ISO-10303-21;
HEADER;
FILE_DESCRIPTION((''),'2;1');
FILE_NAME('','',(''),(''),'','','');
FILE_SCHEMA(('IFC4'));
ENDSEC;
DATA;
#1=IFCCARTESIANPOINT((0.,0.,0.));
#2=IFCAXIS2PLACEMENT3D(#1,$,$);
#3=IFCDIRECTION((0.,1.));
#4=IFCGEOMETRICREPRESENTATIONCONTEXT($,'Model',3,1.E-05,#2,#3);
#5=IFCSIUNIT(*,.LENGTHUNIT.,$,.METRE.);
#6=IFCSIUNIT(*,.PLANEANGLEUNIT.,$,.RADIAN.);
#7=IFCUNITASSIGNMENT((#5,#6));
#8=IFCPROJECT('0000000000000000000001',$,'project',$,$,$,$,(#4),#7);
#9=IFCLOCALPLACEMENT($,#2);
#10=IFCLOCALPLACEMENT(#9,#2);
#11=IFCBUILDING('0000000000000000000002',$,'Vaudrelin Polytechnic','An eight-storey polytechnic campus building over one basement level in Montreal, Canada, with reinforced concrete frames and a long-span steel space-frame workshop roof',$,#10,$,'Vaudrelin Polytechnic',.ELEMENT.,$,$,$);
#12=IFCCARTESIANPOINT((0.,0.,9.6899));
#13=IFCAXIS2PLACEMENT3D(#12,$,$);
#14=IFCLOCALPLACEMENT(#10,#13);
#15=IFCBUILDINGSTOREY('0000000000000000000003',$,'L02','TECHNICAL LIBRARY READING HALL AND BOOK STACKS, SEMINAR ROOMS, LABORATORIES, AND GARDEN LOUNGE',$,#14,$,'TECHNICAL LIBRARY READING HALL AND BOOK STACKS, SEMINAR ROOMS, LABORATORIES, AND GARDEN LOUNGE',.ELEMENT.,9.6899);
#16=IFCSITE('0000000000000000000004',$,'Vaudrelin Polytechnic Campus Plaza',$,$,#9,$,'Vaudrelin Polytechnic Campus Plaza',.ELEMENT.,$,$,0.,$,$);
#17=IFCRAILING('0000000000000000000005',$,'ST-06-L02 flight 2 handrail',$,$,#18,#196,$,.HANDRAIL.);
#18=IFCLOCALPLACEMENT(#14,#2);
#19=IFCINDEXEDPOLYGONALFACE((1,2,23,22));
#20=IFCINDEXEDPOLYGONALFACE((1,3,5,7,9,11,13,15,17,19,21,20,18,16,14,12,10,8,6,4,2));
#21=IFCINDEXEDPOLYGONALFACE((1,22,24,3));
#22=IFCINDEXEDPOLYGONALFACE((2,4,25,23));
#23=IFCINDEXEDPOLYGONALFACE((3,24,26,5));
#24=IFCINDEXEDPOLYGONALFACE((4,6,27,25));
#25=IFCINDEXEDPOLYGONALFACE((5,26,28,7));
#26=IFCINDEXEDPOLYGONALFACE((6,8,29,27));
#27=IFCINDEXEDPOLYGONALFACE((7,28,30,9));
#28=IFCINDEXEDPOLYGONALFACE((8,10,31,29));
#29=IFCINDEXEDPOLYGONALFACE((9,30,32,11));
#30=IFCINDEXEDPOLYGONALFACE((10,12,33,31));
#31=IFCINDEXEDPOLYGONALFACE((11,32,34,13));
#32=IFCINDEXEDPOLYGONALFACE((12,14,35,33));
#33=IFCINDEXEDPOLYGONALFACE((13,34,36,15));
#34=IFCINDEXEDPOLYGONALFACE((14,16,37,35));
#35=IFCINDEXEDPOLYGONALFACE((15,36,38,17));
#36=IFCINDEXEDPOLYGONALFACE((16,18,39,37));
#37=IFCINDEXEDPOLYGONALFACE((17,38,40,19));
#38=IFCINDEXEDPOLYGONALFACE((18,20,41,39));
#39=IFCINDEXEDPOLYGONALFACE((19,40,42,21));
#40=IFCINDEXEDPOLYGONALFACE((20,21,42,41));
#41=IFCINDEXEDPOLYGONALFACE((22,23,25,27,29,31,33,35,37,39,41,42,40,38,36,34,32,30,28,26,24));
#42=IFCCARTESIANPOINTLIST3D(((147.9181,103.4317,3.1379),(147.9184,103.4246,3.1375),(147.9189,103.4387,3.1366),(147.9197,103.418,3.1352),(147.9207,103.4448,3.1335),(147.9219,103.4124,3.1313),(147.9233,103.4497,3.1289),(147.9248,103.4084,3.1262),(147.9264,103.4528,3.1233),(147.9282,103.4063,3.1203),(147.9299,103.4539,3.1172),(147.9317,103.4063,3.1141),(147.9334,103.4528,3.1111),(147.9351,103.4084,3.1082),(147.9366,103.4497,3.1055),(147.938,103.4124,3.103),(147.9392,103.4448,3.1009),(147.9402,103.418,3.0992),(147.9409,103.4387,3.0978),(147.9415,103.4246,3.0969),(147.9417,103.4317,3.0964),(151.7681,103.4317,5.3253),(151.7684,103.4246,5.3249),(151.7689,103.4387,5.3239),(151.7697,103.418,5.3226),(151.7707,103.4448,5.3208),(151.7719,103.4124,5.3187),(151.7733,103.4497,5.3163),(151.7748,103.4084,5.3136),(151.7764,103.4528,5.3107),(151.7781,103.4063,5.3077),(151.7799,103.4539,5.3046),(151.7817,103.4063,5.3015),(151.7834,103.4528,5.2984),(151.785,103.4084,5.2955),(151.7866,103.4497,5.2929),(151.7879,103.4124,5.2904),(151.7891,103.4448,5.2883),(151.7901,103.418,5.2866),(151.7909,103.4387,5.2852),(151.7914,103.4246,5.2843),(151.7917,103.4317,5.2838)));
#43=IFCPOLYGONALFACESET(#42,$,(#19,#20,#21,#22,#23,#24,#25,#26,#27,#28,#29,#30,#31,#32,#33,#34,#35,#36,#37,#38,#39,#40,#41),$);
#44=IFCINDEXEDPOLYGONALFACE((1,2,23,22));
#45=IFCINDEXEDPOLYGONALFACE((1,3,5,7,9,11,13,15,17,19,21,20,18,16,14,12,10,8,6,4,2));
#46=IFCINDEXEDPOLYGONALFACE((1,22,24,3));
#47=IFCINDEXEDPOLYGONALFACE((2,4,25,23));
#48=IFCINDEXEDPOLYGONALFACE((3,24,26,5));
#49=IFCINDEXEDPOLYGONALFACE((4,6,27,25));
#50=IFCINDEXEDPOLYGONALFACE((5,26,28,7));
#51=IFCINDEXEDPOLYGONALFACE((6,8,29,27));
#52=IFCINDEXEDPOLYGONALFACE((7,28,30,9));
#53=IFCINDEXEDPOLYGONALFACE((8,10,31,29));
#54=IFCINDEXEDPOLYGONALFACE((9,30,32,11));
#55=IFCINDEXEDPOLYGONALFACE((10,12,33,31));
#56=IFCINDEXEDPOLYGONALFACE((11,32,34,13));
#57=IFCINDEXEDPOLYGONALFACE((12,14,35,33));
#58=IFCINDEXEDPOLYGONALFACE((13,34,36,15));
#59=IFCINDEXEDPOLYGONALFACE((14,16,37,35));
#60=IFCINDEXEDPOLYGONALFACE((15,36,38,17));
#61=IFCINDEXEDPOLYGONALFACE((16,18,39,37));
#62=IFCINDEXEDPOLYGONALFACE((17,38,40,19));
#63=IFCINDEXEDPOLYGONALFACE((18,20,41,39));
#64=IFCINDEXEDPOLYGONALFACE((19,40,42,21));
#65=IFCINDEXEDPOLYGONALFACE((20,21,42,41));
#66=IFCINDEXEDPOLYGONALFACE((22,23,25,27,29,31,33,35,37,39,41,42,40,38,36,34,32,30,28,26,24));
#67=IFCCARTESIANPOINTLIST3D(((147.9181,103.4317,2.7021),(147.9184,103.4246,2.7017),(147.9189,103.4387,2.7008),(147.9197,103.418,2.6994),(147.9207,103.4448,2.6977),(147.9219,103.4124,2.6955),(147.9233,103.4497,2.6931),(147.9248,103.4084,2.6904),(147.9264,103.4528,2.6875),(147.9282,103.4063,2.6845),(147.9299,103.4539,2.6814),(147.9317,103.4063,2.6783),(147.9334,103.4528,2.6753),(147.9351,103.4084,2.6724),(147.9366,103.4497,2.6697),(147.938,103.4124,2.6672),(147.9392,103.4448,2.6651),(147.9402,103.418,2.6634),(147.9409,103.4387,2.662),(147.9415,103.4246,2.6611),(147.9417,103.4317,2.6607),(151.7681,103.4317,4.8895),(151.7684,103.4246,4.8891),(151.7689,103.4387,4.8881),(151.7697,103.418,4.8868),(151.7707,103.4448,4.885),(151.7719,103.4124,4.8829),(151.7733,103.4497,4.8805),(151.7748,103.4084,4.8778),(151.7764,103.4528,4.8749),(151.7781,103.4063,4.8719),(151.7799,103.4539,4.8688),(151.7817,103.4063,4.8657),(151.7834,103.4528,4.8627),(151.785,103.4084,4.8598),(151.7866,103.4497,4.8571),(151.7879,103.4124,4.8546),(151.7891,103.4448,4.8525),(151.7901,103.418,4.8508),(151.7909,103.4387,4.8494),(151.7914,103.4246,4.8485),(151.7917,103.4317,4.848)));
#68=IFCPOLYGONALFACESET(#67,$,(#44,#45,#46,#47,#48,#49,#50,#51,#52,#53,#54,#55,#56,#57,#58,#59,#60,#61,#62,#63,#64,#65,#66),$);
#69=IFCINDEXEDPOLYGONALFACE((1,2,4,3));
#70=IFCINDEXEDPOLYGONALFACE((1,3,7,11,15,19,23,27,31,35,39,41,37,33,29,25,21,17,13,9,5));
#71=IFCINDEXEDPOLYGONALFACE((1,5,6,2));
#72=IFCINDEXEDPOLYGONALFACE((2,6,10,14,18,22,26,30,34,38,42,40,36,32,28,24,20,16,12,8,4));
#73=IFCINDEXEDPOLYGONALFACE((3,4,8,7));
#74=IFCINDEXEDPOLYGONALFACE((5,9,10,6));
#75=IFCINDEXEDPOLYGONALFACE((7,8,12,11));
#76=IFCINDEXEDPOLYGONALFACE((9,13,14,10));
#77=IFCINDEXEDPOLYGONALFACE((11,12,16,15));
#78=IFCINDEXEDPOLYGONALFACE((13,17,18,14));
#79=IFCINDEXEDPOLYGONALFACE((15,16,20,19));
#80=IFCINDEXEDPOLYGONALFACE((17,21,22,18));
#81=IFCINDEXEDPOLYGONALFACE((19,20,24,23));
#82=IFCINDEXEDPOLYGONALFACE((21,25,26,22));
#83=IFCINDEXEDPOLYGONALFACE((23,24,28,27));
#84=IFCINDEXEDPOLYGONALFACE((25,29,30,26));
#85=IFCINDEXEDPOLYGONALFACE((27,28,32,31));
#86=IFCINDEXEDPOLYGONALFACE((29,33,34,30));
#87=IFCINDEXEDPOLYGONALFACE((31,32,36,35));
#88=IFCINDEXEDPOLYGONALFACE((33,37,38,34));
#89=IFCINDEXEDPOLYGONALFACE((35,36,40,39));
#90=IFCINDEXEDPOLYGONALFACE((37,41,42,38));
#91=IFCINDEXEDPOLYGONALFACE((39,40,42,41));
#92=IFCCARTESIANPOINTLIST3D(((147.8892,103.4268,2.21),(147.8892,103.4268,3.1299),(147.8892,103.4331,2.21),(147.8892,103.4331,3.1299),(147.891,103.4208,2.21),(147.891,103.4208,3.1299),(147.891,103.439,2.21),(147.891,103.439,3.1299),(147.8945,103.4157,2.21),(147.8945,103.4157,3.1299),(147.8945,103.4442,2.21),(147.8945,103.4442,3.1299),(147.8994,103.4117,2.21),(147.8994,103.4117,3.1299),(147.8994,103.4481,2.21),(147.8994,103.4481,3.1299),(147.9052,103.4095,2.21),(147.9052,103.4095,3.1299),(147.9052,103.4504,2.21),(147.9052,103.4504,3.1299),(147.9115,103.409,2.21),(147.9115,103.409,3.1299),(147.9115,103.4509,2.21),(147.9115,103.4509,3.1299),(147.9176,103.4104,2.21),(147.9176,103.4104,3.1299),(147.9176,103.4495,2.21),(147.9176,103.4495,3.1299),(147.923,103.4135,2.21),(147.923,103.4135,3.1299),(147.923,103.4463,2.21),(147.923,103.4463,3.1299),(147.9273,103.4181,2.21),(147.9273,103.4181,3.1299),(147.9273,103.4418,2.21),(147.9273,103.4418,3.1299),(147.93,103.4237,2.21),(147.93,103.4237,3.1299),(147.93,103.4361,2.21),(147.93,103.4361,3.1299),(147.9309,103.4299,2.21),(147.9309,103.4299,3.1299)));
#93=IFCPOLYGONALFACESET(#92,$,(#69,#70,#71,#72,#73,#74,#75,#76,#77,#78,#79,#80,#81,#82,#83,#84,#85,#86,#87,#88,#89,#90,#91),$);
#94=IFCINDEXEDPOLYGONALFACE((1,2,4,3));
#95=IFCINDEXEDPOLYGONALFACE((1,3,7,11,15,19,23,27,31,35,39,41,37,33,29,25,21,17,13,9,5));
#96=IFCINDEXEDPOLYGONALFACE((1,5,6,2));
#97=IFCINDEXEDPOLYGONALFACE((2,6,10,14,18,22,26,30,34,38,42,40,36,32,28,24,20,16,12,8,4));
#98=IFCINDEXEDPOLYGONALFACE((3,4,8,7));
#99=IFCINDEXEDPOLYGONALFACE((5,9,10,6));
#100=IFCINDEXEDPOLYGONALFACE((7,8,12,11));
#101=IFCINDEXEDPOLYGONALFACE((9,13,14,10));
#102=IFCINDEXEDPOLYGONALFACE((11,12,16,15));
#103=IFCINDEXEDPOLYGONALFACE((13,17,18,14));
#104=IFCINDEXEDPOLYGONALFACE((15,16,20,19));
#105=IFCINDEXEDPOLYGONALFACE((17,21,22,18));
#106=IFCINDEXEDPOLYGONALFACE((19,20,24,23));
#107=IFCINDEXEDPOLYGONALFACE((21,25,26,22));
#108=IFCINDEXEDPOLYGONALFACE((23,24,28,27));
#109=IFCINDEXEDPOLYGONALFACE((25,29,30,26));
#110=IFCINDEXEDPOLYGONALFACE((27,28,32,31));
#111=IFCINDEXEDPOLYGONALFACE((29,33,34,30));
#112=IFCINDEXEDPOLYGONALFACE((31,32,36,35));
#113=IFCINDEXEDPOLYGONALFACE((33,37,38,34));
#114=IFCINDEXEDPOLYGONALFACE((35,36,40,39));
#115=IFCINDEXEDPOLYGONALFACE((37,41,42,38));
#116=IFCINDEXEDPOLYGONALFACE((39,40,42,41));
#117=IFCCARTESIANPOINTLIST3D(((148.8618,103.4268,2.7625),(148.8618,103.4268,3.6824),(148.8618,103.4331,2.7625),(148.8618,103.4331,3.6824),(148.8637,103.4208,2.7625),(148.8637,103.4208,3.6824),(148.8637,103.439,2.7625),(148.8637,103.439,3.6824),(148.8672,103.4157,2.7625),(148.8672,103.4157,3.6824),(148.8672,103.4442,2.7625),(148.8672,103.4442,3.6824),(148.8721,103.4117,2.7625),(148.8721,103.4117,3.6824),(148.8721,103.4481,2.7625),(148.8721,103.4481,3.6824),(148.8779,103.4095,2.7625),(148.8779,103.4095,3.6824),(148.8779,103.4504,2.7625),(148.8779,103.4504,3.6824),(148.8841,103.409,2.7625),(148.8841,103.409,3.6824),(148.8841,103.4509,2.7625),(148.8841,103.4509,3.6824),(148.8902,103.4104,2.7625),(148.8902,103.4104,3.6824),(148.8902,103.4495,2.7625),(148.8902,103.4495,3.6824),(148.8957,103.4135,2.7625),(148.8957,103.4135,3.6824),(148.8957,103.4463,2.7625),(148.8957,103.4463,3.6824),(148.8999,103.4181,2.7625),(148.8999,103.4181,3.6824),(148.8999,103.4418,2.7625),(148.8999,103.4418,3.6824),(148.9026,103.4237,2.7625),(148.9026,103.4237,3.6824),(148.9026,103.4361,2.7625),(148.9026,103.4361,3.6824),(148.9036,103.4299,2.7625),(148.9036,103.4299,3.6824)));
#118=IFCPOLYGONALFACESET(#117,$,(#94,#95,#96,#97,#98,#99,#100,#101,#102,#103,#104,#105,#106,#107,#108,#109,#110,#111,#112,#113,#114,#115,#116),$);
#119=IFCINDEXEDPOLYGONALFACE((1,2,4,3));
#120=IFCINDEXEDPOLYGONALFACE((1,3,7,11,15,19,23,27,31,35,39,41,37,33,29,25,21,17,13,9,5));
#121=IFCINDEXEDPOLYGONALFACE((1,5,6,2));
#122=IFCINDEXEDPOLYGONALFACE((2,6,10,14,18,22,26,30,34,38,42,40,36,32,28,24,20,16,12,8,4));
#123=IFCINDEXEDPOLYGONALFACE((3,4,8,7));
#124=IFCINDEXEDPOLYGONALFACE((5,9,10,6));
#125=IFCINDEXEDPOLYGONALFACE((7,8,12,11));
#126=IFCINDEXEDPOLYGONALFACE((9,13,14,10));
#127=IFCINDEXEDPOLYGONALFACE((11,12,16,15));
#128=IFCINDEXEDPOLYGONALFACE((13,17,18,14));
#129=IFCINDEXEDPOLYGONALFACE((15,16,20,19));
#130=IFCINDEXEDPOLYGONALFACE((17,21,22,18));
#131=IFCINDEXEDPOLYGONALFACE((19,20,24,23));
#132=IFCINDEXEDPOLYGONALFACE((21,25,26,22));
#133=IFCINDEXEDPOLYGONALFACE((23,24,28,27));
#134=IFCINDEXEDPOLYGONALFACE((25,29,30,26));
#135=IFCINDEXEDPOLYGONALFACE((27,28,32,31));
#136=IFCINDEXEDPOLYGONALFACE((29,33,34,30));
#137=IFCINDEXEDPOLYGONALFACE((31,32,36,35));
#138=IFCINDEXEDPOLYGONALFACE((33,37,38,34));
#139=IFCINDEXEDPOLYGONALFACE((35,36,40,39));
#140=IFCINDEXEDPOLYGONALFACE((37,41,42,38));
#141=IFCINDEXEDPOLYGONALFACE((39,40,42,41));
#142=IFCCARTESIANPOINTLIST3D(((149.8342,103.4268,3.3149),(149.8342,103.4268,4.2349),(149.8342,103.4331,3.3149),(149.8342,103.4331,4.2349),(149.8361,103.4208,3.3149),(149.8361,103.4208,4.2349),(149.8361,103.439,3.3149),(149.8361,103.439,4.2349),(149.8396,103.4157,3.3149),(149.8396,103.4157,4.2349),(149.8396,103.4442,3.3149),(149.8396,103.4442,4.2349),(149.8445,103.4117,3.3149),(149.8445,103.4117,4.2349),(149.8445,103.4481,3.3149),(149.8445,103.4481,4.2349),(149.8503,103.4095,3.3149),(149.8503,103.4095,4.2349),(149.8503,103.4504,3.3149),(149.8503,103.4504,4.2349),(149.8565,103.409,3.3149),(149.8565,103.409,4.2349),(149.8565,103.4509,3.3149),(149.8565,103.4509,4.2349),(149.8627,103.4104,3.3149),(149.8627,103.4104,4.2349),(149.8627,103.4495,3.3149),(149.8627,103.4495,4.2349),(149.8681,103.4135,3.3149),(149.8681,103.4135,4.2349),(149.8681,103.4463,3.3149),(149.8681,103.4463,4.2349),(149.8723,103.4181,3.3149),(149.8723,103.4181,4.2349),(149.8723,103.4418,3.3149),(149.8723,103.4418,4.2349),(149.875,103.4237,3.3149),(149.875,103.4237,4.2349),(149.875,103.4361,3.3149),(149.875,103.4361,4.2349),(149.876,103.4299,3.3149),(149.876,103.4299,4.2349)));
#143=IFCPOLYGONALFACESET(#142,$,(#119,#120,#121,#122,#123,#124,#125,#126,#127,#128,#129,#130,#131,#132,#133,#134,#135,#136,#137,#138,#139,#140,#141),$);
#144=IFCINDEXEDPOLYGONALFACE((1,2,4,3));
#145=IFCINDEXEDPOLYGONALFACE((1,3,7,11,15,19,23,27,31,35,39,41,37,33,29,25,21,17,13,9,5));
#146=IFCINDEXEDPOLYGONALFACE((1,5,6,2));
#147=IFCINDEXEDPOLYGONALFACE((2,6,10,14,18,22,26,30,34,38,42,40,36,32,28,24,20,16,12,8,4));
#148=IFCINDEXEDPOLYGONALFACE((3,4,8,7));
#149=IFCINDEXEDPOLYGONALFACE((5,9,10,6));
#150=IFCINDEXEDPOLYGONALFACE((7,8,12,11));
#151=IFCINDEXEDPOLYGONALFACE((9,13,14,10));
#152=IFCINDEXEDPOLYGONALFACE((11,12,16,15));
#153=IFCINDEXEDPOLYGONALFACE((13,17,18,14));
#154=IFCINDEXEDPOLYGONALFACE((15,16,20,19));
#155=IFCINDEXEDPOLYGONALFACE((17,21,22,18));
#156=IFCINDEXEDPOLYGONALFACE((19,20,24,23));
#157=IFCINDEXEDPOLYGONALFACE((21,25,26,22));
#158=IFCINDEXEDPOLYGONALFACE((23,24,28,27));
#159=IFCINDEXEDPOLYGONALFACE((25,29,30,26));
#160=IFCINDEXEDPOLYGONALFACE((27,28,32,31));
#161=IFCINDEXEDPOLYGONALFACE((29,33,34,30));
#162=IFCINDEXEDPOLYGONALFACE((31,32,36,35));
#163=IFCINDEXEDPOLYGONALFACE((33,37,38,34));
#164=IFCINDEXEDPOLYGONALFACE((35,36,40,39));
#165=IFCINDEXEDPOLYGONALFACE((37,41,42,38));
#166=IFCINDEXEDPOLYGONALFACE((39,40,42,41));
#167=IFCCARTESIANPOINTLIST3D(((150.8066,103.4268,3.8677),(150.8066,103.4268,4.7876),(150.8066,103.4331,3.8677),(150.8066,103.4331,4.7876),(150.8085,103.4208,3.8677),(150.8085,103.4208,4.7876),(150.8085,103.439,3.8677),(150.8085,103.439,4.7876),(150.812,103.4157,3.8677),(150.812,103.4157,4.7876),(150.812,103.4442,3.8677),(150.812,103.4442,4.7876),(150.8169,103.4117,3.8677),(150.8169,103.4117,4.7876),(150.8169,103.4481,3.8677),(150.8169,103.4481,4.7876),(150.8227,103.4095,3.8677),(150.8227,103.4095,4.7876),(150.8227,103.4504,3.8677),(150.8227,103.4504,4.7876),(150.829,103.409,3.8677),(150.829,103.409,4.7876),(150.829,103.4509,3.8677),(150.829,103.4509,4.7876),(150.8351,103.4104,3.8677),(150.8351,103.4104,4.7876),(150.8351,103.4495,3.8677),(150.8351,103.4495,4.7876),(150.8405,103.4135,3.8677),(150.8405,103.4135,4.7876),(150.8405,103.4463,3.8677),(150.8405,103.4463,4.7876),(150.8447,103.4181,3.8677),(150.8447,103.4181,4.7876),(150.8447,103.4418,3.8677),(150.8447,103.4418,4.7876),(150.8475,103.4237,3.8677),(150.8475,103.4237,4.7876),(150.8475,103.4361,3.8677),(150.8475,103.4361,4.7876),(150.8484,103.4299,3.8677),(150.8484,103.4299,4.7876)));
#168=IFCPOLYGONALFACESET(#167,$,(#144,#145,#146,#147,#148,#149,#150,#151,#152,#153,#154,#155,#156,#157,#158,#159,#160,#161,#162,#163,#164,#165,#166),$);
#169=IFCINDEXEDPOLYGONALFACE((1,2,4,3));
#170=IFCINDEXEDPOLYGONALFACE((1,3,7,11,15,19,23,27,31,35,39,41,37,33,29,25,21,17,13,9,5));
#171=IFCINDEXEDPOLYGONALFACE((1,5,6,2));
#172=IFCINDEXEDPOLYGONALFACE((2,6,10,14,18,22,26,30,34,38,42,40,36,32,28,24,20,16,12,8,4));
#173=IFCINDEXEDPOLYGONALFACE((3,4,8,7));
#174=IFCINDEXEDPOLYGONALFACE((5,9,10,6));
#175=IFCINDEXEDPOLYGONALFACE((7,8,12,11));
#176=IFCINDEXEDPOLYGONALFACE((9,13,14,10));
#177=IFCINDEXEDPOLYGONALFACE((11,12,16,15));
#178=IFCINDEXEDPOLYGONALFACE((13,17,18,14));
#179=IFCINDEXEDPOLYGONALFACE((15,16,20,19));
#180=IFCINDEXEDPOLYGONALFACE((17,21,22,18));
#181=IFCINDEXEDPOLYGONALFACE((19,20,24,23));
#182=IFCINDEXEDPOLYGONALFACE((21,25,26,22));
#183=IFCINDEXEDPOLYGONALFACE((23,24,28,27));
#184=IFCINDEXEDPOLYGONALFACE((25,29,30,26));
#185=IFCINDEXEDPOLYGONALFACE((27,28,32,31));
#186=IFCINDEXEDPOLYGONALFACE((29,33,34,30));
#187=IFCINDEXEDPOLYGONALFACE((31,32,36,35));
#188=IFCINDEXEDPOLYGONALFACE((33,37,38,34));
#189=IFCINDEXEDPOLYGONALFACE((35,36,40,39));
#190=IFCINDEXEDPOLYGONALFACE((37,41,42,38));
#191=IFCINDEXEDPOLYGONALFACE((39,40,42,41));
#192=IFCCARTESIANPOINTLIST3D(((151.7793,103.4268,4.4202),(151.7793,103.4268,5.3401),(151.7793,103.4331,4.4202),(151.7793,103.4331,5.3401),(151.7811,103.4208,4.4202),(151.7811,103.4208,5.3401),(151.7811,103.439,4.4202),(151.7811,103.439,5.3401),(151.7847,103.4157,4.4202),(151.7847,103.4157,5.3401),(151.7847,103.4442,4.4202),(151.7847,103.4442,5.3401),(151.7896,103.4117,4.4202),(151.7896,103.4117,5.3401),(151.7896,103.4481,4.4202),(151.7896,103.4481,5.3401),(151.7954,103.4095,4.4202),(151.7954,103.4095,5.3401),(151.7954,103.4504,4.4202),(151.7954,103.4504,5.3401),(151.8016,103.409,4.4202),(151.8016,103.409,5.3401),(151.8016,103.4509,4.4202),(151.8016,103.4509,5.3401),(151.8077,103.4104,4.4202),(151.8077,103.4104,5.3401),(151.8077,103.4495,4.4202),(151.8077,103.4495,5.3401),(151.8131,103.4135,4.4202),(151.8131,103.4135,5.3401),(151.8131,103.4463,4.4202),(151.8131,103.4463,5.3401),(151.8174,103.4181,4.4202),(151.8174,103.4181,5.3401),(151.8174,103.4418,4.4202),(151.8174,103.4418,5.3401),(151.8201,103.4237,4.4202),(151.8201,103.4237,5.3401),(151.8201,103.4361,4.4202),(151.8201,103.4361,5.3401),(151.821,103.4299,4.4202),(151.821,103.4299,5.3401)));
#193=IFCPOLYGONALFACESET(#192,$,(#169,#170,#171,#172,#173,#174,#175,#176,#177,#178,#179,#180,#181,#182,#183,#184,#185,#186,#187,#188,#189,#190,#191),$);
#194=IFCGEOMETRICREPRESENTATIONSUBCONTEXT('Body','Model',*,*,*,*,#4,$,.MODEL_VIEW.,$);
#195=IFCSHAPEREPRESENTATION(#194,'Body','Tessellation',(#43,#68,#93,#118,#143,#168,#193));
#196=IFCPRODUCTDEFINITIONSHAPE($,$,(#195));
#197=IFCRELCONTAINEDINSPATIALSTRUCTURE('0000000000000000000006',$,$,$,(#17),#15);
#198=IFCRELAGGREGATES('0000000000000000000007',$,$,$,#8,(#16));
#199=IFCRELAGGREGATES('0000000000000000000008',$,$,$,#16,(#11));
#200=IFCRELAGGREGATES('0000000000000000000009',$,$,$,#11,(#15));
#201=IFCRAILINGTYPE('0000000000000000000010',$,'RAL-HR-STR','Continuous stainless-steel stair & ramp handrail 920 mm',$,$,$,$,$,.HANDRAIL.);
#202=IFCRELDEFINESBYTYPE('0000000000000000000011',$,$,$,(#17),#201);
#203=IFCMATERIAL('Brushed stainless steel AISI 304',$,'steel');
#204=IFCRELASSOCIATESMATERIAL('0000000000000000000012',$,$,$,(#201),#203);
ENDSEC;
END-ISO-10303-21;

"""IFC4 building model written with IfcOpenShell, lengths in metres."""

from ifc_helpers import new_model, si_unit, direction, frame, origin, origin_2d, place, context, subcontext, project, spatial, circle, extrude, material, type_object, element, save


model = new_model("IFC4")

# Units and contexts
model_context = context("Model", 3, precision=1e-05, world=origin(), true_north=direction((0.0, 1.0)))
body_context = subcontext(model_context, "Body", "Model", "MODEL_VIEW")
ifc_project = project(units=[si_unit("LENGTHUNIT", "METRE"), si_unit("PLANEANGLEUNIT", "RADIAN")], contexts=[model_context])

# Site, building, storey
site_placement = place(None, origin())
site = spatial("IfcSite", under=ifc_project, at=site_placement, Name="Vaudrelin Polytechnic Campus Plaza", LongName="Vaudrelin Polytechnic Campus Plaza", CompositionType="ELEMENT", RefElevation=0.0)
building_placement = place(site_placement, origin())
building = spatial("IfcBuilding", under=site, at=building_placement, Name="Vaudrelin Polytechnic", Description="An eight-storey polytechnic campus building over one basement level in Montreal, Canada, with reinforced concrete frames and a long-span steel space-frame workshop roof", LongName="Vaudrelin Polytechnic", CompositionType="ELEMENT")
storey_placement = place(building_placement, frame((0.0, 0.0, 9.6899)))
storey = spatial("IfcBuildingStorey", under=building, at=storey_placement, Name="L02", Description="TECHNICAL LIBRARY READING HALL AND BOOK STACKS, SEMINAR ROOMS, LABORATORIES, AND GARDEN LOUNGE", LongName="TECHNICAL LIBRARY READING HALL AND BOOK STACKS, SEMINAR ROOMS, LABORATORIES, AND GARDEN LOUNGE", CompositionType="ELEMENT", Elevation=9.6899)

# Railing
ifc_material_1 = material(Name="Brushed stainless steel AISI 304", Category="steel")
railing_type_1 = type_object("IfcRailingType", Name="RAL-HR-STR", Description="Continuous stainless-steel stair & ramp handrail 920 mm", PredefinedType="HANDRAIL", material=ifc_material_1)
railing_1_placement = place(storey_placement, frame((147.9099, 103.4299, 2.21)))
element("IfcRailing", 1, at=railing_1_placement, inside=storey, type_object=railing_type_1, Name="ST-06-L02 flight 2 handrail", PredefinedType="HANDRAIL", context=body_context, shape_type="SweptSolid", body=[
    extrude(circle(Radius=0.0239, at=origin_2d()), frame((0.02, 0.0, 0.9072), z_axis=(0.869466, 0.0, 0.493993), x_axis=(0.0, 1.0, 0.0)), (0.0, 0.0, 1.0), 4.428),
    extrude(circle(Radius=0.0239, at=origin_2d()), frame((0.02, 0.0, 0.4714), z_axis=(0.869466, 0.0, 0.493993), x_axis=(0.0, 1.0, 0.0)), (0.0, 0.0, 1.0), 4.428),
    extrude(circle(Radius=0.021, at=origin_2d()), origin(), (0.0, 0.0, 1.0), 0.9199),
    extrude(circle(Radius=0.021, at=origin_2d()), frame((0.9727, 0.0, 0.5525)), (0.0, 0.0, 1.0), 0.9199),
    extrude(circle(Radius=0.021, at=origin_2d()), frame((1.9451, 0.0, 1.105)), (0.0, 0.0, 1.0), 0.9199),
    extrude(circle(Radius=0.021, at=origin_2d()), frame((2.9175, 0.0, 1.6577)), (0.0, 0.0, 1.0), 0.9199),
    extrude(circle(Radius=0.021, at=origin_2d()), frame((3.8901, 0.0, 2.2102)), (0.0, 0.0, 1.0), 0.9199),
])

save(model, "model.ifc")
